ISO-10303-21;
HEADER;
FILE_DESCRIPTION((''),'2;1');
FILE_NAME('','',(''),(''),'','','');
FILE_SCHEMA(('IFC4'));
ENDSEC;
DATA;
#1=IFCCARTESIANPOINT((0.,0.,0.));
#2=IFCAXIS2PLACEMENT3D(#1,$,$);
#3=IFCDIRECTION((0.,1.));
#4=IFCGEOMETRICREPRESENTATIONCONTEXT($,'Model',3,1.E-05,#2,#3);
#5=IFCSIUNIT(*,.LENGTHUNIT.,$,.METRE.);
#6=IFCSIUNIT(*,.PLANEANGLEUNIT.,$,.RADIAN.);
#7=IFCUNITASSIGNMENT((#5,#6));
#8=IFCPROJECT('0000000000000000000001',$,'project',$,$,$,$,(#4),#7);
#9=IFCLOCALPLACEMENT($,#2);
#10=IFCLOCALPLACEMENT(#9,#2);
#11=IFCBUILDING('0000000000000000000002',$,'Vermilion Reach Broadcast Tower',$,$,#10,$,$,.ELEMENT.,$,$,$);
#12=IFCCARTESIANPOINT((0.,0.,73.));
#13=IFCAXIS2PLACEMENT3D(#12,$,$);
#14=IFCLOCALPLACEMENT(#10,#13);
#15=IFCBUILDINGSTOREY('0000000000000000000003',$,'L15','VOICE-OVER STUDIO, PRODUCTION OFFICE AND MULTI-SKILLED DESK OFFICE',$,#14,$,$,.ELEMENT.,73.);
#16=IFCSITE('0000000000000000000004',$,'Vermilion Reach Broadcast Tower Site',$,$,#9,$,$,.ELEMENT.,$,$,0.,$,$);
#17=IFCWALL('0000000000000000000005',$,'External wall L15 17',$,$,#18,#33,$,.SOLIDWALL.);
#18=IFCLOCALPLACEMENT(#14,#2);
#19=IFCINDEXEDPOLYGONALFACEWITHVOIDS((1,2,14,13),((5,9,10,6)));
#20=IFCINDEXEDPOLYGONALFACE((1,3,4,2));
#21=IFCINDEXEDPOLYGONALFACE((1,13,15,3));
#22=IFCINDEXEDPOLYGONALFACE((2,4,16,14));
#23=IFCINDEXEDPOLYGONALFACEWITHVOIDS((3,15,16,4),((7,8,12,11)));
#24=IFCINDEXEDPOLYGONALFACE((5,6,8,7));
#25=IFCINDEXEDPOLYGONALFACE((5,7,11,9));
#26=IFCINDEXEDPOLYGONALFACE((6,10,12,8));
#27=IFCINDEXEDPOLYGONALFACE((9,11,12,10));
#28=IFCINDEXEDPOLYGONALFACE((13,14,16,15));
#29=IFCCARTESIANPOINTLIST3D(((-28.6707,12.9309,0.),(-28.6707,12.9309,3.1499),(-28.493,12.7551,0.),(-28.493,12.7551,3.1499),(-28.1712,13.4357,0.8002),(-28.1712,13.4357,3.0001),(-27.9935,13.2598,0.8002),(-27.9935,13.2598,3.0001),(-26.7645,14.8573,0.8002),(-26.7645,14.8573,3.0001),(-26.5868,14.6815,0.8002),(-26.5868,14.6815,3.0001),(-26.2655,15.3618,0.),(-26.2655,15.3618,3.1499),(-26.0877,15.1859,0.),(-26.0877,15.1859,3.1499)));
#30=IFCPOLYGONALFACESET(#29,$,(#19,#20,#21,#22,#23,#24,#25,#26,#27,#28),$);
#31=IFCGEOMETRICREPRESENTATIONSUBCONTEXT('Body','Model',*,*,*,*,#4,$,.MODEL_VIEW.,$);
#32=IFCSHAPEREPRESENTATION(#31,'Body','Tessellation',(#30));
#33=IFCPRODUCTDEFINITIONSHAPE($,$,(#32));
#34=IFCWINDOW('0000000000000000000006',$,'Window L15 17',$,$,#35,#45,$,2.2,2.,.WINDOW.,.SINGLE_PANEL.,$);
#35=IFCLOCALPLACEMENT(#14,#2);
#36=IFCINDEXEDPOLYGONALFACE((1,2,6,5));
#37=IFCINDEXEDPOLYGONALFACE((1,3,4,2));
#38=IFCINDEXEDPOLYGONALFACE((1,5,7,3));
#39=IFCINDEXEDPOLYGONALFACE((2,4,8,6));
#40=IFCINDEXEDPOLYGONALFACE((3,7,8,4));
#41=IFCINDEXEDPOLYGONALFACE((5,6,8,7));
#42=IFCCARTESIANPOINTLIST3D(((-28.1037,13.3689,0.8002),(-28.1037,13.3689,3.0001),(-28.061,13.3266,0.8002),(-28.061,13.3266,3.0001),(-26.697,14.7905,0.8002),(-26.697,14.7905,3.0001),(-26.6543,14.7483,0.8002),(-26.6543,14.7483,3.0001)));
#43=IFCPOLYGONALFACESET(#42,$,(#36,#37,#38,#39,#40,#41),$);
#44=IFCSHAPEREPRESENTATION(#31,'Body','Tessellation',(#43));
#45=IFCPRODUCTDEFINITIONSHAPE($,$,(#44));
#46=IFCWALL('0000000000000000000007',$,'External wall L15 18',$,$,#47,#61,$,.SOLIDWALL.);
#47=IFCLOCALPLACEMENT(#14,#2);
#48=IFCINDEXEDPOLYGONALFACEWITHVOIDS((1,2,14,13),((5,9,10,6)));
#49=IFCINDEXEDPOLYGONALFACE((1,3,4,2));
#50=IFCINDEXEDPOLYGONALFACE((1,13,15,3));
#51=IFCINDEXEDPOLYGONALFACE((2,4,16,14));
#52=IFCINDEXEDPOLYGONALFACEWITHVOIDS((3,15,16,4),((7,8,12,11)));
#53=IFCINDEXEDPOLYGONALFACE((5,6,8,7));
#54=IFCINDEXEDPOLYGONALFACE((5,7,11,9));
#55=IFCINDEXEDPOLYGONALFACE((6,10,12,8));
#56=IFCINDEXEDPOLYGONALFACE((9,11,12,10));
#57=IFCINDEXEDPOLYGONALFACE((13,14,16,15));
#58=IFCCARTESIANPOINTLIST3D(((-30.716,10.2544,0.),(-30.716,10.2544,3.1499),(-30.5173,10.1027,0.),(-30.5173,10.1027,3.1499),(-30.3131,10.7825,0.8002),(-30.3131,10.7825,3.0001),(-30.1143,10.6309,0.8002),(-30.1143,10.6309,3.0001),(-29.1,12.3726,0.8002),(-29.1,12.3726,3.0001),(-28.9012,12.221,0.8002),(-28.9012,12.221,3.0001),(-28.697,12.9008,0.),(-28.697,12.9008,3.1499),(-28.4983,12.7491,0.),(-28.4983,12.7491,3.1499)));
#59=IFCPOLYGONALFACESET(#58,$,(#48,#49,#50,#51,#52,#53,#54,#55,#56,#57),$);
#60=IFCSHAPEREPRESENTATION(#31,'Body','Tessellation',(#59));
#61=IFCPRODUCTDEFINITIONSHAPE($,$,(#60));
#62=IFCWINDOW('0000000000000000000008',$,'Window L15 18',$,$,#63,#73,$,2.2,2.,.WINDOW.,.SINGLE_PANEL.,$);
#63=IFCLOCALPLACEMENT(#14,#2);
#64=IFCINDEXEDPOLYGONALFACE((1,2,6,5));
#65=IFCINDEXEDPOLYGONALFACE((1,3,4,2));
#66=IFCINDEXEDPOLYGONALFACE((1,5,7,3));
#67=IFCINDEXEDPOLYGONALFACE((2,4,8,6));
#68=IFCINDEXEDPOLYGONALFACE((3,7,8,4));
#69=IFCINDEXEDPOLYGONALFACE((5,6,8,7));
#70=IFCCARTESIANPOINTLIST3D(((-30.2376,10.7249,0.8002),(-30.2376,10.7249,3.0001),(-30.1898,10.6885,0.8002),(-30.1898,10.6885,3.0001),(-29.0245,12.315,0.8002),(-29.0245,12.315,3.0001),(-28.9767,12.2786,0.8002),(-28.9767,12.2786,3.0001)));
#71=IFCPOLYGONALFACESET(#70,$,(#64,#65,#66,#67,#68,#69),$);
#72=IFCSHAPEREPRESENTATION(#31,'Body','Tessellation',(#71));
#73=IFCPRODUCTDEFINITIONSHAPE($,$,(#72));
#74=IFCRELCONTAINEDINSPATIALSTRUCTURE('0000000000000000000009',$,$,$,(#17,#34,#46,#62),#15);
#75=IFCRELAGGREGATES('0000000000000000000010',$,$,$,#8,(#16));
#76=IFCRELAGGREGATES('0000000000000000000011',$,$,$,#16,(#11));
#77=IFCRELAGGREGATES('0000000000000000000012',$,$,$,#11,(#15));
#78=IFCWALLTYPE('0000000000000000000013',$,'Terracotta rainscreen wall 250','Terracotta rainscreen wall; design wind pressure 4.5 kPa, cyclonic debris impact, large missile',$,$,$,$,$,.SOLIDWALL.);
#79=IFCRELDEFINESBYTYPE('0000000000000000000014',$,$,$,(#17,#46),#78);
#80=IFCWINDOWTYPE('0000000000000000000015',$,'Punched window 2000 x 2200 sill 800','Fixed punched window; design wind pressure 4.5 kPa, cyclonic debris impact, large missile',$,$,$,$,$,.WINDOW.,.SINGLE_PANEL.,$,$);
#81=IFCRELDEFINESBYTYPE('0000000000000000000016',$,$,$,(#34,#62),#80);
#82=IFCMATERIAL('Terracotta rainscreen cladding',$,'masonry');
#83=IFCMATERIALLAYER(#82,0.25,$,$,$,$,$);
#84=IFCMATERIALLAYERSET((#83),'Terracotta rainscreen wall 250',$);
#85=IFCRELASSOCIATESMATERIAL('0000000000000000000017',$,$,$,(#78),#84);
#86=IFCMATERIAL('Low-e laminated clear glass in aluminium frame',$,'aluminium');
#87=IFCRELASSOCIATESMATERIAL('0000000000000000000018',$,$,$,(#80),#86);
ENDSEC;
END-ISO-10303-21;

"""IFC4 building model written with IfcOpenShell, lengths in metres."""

from ifc_helpers import new_model, si_unit, direction, frame, frame_2d, origin, place, context, subcontext, project, spatial, rectangle, extrude, material, layer, layer_set, type_object, element, fill, save


model = new_model("IFC4")

# Units and contexts
model_context = context("Model", 3, precision=1e-05, world=origin(), true_north=direction((0.0, 1.0)))
body_context = subcontext(model_context, "Body", "Model", "MODEL_VIEW")
ifc_project = project(units=[si_unit("LENGTHUNIT", "METRE"), si_unit("PLANEANGLEUNIT", "RADIAN")], contexts=[model_context])

# Site, building, storey
site_placement = place(None, origin())
site = spatial("IfcSite", under=ifc_project, at=site_placement, Name="Vermilion Reach Broadcast Tower Site", CompositionType="ELEMENT", RefElevation=0.0)
building_placement = place(site_placement, origin())
building = spatial("IfcBuilding", under=site, at=building_placement, Name="Vermilion Reach Broadcast Tower", CompositionType="ELEMENT")
storey_placement = place(building_placement, frame((0.0, 0.0, 73.0)))
storey = spatial("IfcBuildingStorey", under=building, at=storey_placement, Name="L15", Description="VOICE-OVER STUDIO, PRODUCTION OFFICE AND MULTI-SKILLED DESK OFFICE", CompositionType="ELEMENT", Elevation=73.0)

# Shared definitions
ifc_material_1 = material(Name="Terracotta rainscreen cladding", Category="masonry")
ifc_layer_1 = layer(ifc_material_1, 0.25)
ifc_layer_set_1 = layer_set([ifc_layer_1], Name="Terracotta rainscreen wall 250")
wall_type_1 = type_object("IfcWallType", Name="Terracotta rainscreen wall 250", Description="Terracotta rainscreen wall; design wind pressure 4.5 kPa, cyclonic debris impact, large missile", PredefinedType="SOLIDWALL", material=ifc_layer_set_1)

# Shared definitions
ifc_material_2 = material(Name="Low-e laminated clear glass in aluminium frame", Category="aluminium")
window_type = type_object("IfcWindowType", Name="Punched window 2000 x 2200 sill 800", Description="Fixed punched window; design wind pressure 4.5 kPa, cyclonic debris impact, large missile", PartitioningType="SINGLE_PANEL", PredefinedType="WINDOW", material=ifc_material_2)

# Walls, openings, windows
wall_1_placement = place(storey_placement, frame((-26.1765, 15.2739, 0.0), z_axis=(0.0, 0.0, 1.0), x_axis=(-0.703349, -0.710845, 0.0)))
wall_1 = element("IfcWall", 1, at=wall_1_placement, inside=storey, type_object=wall_type_1, Name="External wall L15 17", PredefinedType="SOLIDWALL", context=body_context, shape_type="SweptSolid", body=[
    extrude(rectangle(XDim=3.4197, YDim=0.25, at=frame_2d((1.71, 0.0))), origin(), (0.0, 0.0, 1.0), 3.1499),
])
opening_1_placement = place(wall_1_placement, frame((0.7097, 0.0, 0.8)))
opening_1 = element("IfcOpeningElement", 2, at=opening_1_placement, cuts=wall_1, PredefinedType="OPENING", context=body_context, shape_type="SweptSolid", body=[
    extrude(rectangle(XDim=2.0, YDim=2.2, at=frame_2d((1.0, 1.1001))), frame((0.0, 0.135, 0.0), z_axis=(0.0, -1.0, 0.0), x_axis=(1.0, 0.0, 0.0)), (0.0, 0.0, 1.0), 0.27),
])
window_1_placement = place(opening_1_placement, origin())
window_1 = element("IfcWindow", 3, at=window_1_placement, inside=storey, type_object=window_type, Name="Window L15 17", OverallHeight=2.2, OverallWidth=2.0, PartitioningType="SINGLE_PANEL", PredefinedType="WINDOW", context=body_context, shape_type="SweptSolid", body=[
    extrude(rectangle(XDim=2.0, YDim=2.2, at=frame_2d((1.0, 1.1001))), frame((0.0, 0.03, 0.0), z_axis=(0.0, -1.0, 0.0), x_axis=(1.0, 0.0, 0.0)), (0.0, 0.0, 1.0), 0.0601),
])
fill(opening_1, window_1)
wall_2_placement = place(storey_placement, frame((-28.5977, 12.825, 0.0), z_axis=(0.0, 0.0, 1.0), x_axis=(-0.606551, -0.795044, 0.0)))
wall_2 = element("IfcWall", 4, at=wall_2_placement, inside=storey, type_object=wall_type_1, Name="External wall L15 18", PredefinedType="SOLIDWALL", context=body_context, shape_type="SweptSolid", body=[
    extrude(rectangle(XDim=3.3286, YDim=0.25, at=frame_2d((1.6643, 0.0))), origin(), (0.0, 0.0, 1.0), 3.1499),
])
opening_2_placement = place(wall_2_placement, frame((0.6643, 0.0, 0.8)))
opening_2 = element("IfcOpeningElement", 5, at=opening_2_placement, cuts=wall_2, PredefinedType="OPENING", context=body_context, shape_type="SweptSolid", body=[
    extrude(rectangle(XDim=2.0, YDim=2.2, at=frame_2d((1.0, 1.1001))), frame((0.0, 0.135, 0.0), z_axis=(0.0, -1.0, 0.0), x_axis=(1.0, 0.0, 0.0)), (0.0, 0.0, 1.0), 0.27),
])
window_2_placement = place(opening_2_placement, origin())
window_2 = element("IfcWindow", 6, at=window_2_placement, inside=storey, type_object=window_type, Name="Window L15 18", OverallHeight=2.2, OverallWidth=2.0, PartitioningType="SINGLE_PANEL", PredefinedType="WINDOW", context=body_context, shape_type="SweptSolid", body=[
    extrude(rectangle(XDim=2.0, YDim=2.2, at=frame_2d((1.0, 1.1001))), frame((0.0, 0.03, 0.0), z_axis=(0.0, -1.0, 0.0), x_axis=(1.0, 0.0, 0.0)), (0.0, 0.0, 1.0), 0.0601),
])
fill(opening_2, window_2)

save(model, "model.ifc")
